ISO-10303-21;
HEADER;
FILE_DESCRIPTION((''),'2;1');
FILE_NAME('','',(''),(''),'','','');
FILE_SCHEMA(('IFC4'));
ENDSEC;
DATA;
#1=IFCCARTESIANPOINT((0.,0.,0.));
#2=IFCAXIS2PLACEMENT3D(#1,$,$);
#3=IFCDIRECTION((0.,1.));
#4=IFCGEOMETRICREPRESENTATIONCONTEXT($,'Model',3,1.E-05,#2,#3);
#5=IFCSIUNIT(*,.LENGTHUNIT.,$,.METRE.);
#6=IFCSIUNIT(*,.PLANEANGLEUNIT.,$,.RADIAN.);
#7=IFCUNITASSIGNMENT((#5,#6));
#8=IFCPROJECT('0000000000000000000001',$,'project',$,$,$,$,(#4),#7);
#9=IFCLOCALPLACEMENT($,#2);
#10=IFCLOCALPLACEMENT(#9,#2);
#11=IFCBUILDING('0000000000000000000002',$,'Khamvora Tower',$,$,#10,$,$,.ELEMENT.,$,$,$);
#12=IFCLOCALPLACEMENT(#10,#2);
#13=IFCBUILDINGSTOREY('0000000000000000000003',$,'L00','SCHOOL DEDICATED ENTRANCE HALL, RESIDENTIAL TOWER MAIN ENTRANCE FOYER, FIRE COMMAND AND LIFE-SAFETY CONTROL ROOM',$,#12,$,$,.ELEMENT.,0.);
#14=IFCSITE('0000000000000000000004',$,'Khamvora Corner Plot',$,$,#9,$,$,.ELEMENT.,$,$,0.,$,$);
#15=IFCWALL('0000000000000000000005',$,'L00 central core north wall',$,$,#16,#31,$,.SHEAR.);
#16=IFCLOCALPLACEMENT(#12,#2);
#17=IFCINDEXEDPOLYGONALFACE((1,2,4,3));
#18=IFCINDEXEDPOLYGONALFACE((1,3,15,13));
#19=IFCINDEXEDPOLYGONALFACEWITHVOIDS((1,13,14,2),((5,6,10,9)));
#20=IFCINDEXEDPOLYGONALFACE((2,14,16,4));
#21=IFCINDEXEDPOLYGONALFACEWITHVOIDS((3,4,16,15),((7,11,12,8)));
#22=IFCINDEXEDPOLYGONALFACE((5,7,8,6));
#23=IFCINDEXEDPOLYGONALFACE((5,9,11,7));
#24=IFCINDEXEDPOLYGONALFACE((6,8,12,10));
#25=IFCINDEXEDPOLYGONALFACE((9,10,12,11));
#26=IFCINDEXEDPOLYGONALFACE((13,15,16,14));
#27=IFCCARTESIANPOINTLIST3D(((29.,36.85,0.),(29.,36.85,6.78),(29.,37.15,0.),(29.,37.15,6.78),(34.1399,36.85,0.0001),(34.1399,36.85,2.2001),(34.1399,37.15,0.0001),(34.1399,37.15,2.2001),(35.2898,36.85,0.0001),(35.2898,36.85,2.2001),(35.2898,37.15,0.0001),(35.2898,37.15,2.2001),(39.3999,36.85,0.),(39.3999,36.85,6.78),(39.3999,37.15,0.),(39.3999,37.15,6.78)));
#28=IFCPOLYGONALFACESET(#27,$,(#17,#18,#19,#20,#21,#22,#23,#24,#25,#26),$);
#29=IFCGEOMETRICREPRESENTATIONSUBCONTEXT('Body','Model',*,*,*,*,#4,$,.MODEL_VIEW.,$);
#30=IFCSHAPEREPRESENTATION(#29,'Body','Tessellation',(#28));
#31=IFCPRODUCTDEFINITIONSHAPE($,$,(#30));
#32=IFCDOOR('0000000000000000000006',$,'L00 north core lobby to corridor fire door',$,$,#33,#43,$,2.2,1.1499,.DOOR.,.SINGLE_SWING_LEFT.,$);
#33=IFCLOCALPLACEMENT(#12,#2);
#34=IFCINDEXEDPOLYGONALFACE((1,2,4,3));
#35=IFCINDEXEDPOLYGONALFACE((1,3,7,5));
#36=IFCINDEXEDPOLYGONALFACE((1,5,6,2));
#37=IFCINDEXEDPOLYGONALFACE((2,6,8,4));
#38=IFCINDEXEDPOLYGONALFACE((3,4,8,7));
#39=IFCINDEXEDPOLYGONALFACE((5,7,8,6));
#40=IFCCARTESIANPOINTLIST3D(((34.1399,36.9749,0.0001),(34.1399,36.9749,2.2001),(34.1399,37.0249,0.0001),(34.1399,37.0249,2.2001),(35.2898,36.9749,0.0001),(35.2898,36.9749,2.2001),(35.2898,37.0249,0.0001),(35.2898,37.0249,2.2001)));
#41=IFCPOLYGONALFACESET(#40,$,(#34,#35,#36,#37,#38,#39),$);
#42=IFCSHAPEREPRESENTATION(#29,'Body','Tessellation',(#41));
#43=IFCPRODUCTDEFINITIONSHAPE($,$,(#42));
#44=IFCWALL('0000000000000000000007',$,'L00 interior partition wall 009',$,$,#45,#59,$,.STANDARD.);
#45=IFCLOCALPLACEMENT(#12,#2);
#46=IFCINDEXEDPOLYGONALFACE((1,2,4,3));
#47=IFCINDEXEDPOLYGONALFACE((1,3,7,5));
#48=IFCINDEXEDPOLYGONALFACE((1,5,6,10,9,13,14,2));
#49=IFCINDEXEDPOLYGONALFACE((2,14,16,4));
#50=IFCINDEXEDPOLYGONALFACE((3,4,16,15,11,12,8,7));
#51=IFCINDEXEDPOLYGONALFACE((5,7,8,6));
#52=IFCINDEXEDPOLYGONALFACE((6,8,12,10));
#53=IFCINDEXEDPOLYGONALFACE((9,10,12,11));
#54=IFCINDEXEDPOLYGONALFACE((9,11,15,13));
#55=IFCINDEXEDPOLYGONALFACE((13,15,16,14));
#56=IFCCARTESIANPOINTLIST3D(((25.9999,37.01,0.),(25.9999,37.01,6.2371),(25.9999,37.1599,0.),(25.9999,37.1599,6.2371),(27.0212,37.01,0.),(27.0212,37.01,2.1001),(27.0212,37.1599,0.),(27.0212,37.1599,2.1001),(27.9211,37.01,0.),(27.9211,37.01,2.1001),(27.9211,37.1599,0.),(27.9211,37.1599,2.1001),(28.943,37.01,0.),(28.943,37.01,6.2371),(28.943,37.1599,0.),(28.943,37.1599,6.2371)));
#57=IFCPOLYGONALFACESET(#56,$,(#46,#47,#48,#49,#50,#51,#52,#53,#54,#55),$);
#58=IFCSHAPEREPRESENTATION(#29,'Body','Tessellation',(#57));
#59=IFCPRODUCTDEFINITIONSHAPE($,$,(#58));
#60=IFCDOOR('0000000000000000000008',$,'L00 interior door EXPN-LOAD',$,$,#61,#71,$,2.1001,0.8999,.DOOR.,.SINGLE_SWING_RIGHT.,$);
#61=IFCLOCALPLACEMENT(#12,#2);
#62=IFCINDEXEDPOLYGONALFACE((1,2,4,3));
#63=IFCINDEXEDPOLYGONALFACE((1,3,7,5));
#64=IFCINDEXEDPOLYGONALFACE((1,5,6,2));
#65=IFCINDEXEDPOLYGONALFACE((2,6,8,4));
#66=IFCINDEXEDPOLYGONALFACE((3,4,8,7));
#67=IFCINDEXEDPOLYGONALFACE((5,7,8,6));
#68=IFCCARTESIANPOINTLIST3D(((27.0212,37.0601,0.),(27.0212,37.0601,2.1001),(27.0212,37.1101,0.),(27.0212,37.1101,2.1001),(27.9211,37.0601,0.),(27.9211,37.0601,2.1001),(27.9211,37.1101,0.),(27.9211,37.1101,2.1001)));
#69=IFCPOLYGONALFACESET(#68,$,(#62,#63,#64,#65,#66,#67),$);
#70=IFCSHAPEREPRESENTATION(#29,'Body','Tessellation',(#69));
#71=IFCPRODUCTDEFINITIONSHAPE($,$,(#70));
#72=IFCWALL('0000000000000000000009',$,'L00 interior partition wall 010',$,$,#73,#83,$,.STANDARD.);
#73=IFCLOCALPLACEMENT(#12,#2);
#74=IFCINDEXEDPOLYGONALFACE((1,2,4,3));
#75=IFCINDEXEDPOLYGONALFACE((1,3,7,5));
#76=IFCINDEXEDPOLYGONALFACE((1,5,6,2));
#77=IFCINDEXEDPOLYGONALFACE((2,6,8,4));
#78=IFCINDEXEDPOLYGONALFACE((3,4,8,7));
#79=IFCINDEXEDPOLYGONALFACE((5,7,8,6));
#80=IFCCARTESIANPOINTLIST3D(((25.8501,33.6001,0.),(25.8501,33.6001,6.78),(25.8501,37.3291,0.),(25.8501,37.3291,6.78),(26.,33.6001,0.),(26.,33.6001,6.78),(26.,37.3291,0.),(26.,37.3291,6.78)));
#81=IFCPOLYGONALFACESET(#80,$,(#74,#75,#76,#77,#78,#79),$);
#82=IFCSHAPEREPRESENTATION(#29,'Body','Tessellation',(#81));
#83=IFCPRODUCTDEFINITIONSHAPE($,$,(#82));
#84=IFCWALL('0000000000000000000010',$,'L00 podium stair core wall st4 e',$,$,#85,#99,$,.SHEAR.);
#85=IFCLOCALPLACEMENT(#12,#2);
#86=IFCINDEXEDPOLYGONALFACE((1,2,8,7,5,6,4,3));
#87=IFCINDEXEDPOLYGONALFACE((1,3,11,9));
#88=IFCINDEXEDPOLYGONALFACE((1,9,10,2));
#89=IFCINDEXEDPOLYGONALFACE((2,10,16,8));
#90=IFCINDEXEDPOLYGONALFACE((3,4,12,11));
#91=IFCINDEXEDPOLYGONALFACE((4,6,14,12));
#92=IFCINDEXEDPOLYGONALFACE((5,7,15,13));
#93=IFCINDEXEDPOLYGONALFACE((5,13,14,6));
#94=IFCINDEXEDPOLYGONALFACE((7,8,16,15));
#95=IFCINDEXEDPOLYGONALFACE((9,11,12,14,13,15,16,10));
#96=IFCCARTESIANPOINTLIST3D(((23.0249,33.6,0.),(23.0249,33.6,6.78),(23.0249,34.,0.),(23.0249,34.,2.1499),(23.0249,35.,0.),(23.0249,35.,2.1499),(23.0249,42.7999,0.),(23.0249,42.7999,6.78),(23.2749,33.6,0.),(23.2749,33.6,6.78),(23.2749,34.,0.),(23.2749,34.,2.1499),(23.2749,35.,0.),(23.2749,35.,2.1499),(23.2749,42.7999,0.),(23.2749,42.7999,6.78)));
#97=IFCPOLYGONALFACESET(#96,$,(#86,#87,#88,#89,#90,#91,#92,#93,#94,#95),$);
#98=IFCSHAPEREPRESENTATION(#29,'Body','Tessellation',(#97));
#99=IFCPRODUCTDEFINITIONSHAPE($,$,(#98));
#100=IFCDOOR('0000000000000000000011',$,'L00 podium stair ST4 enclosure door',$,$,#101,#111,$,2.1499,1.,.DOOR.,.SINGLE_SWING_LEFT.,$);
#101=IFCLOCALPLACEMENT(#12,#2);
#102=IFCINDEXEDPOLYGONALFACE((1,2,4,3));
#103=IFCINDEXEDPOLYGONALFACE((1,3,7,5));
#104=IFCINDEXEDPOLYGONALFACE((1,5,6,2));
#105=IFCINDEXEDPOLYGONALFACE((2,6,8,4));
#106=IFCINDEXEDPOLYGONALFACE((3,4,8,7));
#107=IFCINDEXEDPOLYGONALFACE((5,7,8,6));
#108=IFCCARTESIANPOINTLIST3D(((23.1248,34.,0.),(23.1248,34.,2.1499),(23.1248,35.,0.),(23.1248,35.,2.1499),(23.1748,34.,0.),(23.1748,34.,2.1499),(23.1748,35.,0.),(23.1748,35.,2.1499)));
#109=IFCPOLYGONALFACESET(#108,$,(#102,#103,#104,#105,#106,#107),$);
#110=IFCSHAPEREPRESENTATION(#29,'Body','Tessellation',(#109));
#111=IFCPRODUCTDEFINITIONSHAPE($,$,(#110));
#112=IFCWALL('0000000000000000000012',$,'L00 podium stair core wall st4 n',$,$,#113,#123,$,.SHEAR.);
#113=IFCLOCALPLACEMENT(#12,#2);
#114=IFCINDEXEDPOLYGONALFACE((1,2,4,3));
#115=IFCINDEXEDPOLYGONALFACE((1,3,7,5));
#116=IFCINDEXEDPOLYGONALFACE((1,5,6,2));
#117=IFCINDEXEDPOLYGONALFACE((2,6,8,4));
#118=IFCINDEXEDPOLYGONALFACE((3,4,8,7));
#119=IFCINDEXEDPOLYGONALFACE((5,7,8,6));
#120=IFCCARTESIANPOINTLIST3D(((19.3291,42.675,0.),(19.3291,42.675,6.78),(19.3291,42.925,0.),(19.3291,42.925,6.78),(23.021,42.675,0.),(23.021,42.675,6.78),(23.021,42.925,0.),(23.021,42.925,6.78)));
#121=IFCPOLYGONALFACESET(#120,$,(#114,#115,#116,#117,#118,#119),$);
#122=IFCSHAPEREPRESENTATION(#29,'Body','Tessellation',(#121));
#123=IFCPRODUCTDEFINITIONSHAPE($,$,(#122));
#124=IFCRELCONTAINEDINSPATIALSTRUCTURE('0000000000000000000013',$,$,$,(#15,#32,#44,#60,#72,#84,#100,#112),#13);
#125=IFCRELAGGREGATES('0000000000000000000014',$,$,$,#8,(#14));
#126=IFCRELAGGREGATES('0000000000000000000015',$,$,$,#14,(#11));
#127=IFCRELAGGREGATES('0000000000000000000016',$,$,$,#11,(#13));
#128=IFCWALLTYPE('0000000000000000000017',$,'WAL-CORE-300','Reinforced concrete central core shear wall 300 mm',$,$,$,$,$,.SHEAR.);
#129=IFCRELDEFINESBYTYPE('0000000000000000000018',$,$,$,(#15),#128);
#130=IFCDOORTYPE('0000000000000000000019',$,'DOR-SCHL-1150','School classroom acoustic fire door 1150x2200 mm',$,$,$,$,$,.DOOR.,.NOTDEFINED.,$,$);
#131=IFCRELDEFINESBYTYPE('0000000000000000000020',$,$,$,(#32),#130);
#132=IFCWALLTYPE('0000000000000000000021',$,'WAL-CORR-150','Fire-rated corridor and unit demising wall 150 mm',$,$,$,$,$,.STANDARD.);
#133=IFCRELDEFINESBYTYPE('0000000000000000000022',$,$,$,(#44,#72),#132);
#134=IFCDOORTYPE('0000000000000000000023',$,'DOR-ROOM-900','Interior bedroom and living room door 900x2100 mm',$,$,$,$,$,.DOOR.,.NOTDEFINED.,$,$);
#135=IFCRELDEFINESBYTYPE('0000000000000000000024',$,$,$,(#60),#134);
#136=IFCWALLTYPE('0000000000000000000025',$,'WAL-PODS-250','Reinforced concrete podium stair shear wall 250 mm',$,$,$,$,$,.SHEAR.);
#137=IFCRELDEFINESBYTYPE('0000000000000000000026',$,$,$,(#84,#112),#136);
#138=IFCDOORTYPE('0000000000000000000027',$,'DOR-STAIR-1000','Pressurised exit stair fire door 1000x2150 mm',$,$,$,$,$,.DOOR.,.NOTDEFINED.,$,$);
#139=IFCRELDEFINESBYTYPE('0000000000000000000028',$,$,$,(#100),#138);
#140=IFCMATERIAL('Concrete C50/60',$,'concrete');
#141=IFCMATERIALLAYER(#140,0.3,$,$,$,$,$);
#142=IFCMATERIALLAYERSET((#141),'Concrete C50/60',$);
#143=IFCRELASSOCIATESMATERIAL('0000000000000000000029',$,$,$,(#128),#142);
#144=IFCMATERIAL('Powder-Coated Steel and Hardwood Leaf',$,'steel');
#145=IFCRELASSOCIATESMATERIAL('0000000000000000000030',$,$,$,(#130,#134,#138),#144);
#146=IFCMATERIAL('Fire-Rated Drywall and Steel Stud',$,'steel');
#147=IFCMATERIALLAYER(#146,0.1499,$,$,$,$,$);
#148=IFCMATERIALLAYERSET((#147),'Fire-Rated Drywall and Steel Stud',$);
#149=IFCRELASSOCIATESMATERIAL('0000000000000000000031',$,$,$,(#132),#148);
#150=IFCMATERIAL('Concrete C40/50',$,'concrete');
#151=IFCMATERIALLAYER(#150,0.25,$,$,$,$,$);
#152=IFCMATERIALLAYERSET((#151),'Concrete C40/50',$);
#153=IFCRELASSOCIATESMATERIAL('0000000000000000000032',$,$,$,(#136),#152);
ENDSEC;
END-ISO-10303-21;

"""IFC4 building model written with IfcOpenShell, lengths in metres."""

from ifc_helpers import new_model, si_unit, direction, frame, frame_2d, origin, place, context, subcontext, project, spatial, rectangle, extrude, material, layer, layer_set, type_object, element, fill, save


model = new_model("IFC4")

# Units and contexts
model_context = context("Model", 3, precision=1e-05, world=origin(), true_north=direction((0.0, 1.0)))
body_context = subcontext(model_context, "Body", "Model", "MODEL_VIEW")
ifc_project = project(units=[si_unit("LENGTHUNIT", "METRE"), si_unit("PLANEANGLEUNIT", "RADIAN")], contexts=[model_context])

# Site, building, storey
site_placement = place(None, origin())
site = spatial("IfcSite", under=ifc_project, at=site_placement, Name="Khamvora Corner Plot", CompositionType="ELEMENT", RefElevation=0.0)
building_placement = place(site_placement, origin())
building = spatial("IfcBuilding", under=site, at=building_placement, Name="Khamvora Tower", CompositionType="ELEMENT")
storey_placement = place(building_placement, origin())
storey = spatial("IfcBuildingStorey", under=building, at=storey_placement, Name="L00", Description="SCHOOL DEDICATED ENTRANCE HALL, RESIDENTIAL TOWER MAIN ENTRANCE FOYER, FIRE COMMAND AND LIFE-SAFETY CONTROL ROOM", CompositionType="ELEMENT", Elevation=0.0)

# Walls, openings, doors
ifc_material_1 = material(Name="Concrete C50/60", Category="concrete")
ifc_layer_1 = layer(ifc_material_1, 0.3)
ifc_layer_set_1 = layer_set([ifc_layer_1], Name="Concrete C50/60")
wall_type_1 = type_object("IfcWallType", Name="WAL-CORE-300", Description="Reinforced concrete central core shear wall 300 mm", PredefinedType="SHEAR", material=ifc_layer_set_1)
wall_1_placement = place(storey_placement, frame((29.0, 37.0, 0.0), z_axis=(0.0, 0.0, 1.0), x_axis=(1.0, 0.0, 0.0)))
wall_1 = element("IfcWall", 1, at=wall_1_placement, inside=storey, type_object=wall_type_1, Name="L00 central core north wall", PredefinedType="SHEAR", context=body_context, shape_type="SweptSolid", body=[
    extrude(rectangle(XDim=10.3999, YDim=0.3, at=frame_2d((5.2, 0.0))), origin(), (0.0, 0.0, 1.0), 6.78),
])
opening_1_placement = place(wall_1_placement, frame((5.1399, 0.0, 0.0)))
opening_1 = element("IfcOpeningElement", 2, at=opening_1_placement, cuts=wall_1, PredefinedType="OPENING", context=body_context, shape_type="SweptSolid", body=[
    extrude(rectangle(XDim=1.1499, YDim=2.2, at=frame_2d((0.575, 1.1001))), frame((0.0, 0.1599, 0.0), z_axis=(0.0, -1.0, 0.0), x_axis=(1.0, 0.0, 0.0)), (0.0, 0.0, 1.0), 0.3201),
])
ifc_material_2 = material(Name="Powder-Coated Steel and Hardwood Leaf", Category="steel")
door_type_1 = type_object("IfcDoorType", Name="DOR-SCHL-1150", Description="School classroom acoustic fire door 1150x2200 mm", OperationType="NOTDEFINED", PredefinedType="DOOR", material=ifc_material_2)
door_1_placement = place(opening_1_placement, origin())
door_1 = element("IfcDoor", 3, at=door_1_placement, inside=storey, type_object=door_type_1, Name="L00 north core lobby to corridor fire door", OperationType="SINGLE_SWING_LEFT", OverallHeight=2.2, OverallWidth=1.1499, PredefinedType="DOOR", context=body_context, shape_type="SweptSolid", body=[
    extrude(rectangle(XDim=1.1499, YDim=2.2, at=frame_2d((0.575, 1.1001))), frame((0.0, 0.0249, 0.0), z_axis=(0.0, -1.0, 0.0), x_axis=(1.0, 0.0, 0.0)), (0.0, 0.0, 1.0), 0.05),
])
fill(opening_1, door_1)
ifc_material_3 = material(Name="Fire-Rated Drywall and Steel Stud", Category="steel")
ifc_layer_2 = layer(ifc_material_3, 0.1499)
ifc_layer_set_2 = layer_set([ifc_layer_2], Name="Fire-Rated Drywall and Steel Stud")
wall_type_2 = type_object("IfcWallType", Name="WAL-CORR-150", Description="Fire-rated corridor and unit demising wall 150 mm", PredefinedType="STANDARD", material=ifc_layer_set_2)
wall_2_placement = place(storey_placement, frame((28.9431, 37.085, 0.0), z_axis=(0.0, 0.0, 1.0), x_axis=(-1.0, 0.0, 0.0)))
wall_2 = element("IfcWall", 4, at=wall_2_placement, inside=storey, type_object=wall_type_2, Name="L00 interior partition wall 009", PredefinedType="STANDARD", context=body_context, shape_type="SweptSolid", body=[
    extrude(rectangle(XDim=2.9431, YDim=0.1499, at=frame_2d((1.4717, 0.0))), origin(), (0.0, 0.0, 1.0), 6.2371),
])
opening_2_placement = place(wall_2_placement, frame((1.022, 0.0, 0.0)))
opening_2 = element("IfcOpeningElement", 5, at=opening_2_placement, cuts=wall_2, PredefinedType="OPENING", context=body_context, shape_type="SweptSolid", body=[
    extrude(rectangle(XDim=0.8999, YDim=2.1001, at=frame_2d((0.45, 1.05))), frame((0.0, 0.085, 0.0), z_axis=(0.0, -1.0, 0.0), x_axis=(1.0, 0.0, 0.0)), (0.0, 0.0, 1.0), 0.1699),
])
door_type_2 = type_object("IfcDoorType", Name="DOR-ROOM-900", Description="Interior bedroom and living room door 900x2100 mm", OperationType="NOTDEFINED", PredefinedType="DOOR", material=ifc_material_2)
door_2_placement = place(opening_2_placement, origin())
door_2 = element("IfcDoor", 6, at=door_2_placement, inside=storey, type_object=door_type_2, Name="L00 interior door EXPN-LOAD", OperationType="SINGLE_SWING_RIGHT", OverallHeight=2.1001, OverallWidth=0.8999, PredefinedType="DOOR", context=body_context, shape_type="SweptSolid", body=[
    extrude(rectangle(XDim=0.8999, YDim=2.1001, at=frame_2d((0.45, 1.05))), frame((0.0, 0.0249, 0.0), z_axis=(0.0, -1.0, 0.0), x_axis=(1.0, 0.0, 0.0)), (0.0, 0.0, 1.0), 0.05),
])
fill(opening_2, door_2)

# Wall
wall_3_placement = place(storey_placement, frame((25.925, 37.3291, 0.0), z_axis=(0.0, 0.0, 1.0), x_axis=(0.0, -1.0, 0.0)))
element("IfcWall", 7, at=wall_3_placement, inside=storey, type_object=wall_type_2, Name="L00 interior partition wall 010", PredefinedType="STANDARD", context=body_context, shape_type="SweptSolid", body=[
    extrude(rectangle(XDim=3.729, YDim=0.1499, at=frame_2d((1.8645, 0.0))), origin(), (0.0, 0.0, 1.0), 6.78),
])

# Wall, opening, door
ifc_material_4 = material(Name="Concrete C40/50", Category="concrete")
ifc_layer_3 = layer(ifc_material_4, 0.25)
ifc_layer_set_3 = layer_set([ifc_layer_3], Name="Concrete C40/50")
wall_type_3 = type_object("IfcWallType", Name="WAL-PODS-250", Description="Reinforced concrete podium stair shear wall 250 mm", PredefinedType="SHEAR", material=ifc_layer_set_3)
wall_4_placement = place(storey_placement, frame((23.1499, 42.8, 0.0), z_axis=(0.0, 0.0, 1.0), x_axis=(0.0, -1.0, 0.0)))
wall_4 = element("IfcWall", 8, at=wall_4_placement, inside=storey, type_object=wall_type_3, Name="L00 podium stair core wall st4 e", PredefinedType="SHEAR", context=body_context, shape_type="SweptSolid", body=[
    extrude(rectangle(XDim=9.2, YDim=0.25, at=frame_2d((4.6001, 0.0))), origin(), (0.0, 0.0, 1.0), 6.78),
])
opening_3_placement = place(wall_4_placement, frame((7.8, 0.0, 0.0)))
opening_3 = element("IfcOpeningElement", 9, at=opening_3_placement, cuts=wall_4, PredefinedType="OPENING", context=body_context, shape_type="SweptSolid", body=[
    extrude(rectangle(XDim=1.0, YDim=2.1499, at=frame_2d((0.5, 1.075))), frame((0.0, 0.135, 0.0), z_axis=(0.0, -1.0, 0.0), x_axis=(1.0, 0.0, 0.0)), (0.0, 0.0, 1.0), 0.27),
])
door_type_3 = type_object("IfcDoorType", Name="DOR-STAIR-1000", Description="Pressurised exit stair fire door 1000x2150 mm", OperationType="NOTDEFINED", PredefinedType="DOOR", material=ifc_material_2)
door_3_placement = place(opening_3_placement, origin())
door_3 = element("IfcDoor", 10, at=door_3_placement, inside=storey, type_object=door_type_3, Name="L00 podium stair ST4 enclosure door", OperationType="SINGLE_SWING_LEFT", OverallHeight=2.1499, OverallWidth=1.0, PredefinedType="DOOR", context=body_context, shape_type="SweptSolid", body=[
    extrude(rectangle(XDim=1.0, YDim=2.1499, at=frame_2d((0.5, 1.075))), frame((0.0, 0.0249, 0.0), z_axis=(0.0, -1.0, 0.0), x_axis=(1.0, 0.0, 0.0)), (0.0, 0.0, 1.0), 0.05),
])
fill(opening_3, door_3)

# Wall
wall_5_placement = place(storey_placement, frame((19.3291, 42.8, 0.0), z_axis=(0.0, 0.0, 1.0), x_axis=(1.0, 0.0, 0.0)))
element("IfcWall", 11, at=wall_5_placement, inside=storey, type_object=wall_type_3, Name="L00 podium stair core wall st4 n", PredefinedType="SHEAR", context=body_context, shape_type="SweptSolid", body=[
    extrude(rectangle(XDim=3.6919, YDim=0.25, at=frame_2d((1.8459, 0.0))), origin(), (0.0, 0.0, 1.0), 6.78),
])

save(model, "model.ifc")
